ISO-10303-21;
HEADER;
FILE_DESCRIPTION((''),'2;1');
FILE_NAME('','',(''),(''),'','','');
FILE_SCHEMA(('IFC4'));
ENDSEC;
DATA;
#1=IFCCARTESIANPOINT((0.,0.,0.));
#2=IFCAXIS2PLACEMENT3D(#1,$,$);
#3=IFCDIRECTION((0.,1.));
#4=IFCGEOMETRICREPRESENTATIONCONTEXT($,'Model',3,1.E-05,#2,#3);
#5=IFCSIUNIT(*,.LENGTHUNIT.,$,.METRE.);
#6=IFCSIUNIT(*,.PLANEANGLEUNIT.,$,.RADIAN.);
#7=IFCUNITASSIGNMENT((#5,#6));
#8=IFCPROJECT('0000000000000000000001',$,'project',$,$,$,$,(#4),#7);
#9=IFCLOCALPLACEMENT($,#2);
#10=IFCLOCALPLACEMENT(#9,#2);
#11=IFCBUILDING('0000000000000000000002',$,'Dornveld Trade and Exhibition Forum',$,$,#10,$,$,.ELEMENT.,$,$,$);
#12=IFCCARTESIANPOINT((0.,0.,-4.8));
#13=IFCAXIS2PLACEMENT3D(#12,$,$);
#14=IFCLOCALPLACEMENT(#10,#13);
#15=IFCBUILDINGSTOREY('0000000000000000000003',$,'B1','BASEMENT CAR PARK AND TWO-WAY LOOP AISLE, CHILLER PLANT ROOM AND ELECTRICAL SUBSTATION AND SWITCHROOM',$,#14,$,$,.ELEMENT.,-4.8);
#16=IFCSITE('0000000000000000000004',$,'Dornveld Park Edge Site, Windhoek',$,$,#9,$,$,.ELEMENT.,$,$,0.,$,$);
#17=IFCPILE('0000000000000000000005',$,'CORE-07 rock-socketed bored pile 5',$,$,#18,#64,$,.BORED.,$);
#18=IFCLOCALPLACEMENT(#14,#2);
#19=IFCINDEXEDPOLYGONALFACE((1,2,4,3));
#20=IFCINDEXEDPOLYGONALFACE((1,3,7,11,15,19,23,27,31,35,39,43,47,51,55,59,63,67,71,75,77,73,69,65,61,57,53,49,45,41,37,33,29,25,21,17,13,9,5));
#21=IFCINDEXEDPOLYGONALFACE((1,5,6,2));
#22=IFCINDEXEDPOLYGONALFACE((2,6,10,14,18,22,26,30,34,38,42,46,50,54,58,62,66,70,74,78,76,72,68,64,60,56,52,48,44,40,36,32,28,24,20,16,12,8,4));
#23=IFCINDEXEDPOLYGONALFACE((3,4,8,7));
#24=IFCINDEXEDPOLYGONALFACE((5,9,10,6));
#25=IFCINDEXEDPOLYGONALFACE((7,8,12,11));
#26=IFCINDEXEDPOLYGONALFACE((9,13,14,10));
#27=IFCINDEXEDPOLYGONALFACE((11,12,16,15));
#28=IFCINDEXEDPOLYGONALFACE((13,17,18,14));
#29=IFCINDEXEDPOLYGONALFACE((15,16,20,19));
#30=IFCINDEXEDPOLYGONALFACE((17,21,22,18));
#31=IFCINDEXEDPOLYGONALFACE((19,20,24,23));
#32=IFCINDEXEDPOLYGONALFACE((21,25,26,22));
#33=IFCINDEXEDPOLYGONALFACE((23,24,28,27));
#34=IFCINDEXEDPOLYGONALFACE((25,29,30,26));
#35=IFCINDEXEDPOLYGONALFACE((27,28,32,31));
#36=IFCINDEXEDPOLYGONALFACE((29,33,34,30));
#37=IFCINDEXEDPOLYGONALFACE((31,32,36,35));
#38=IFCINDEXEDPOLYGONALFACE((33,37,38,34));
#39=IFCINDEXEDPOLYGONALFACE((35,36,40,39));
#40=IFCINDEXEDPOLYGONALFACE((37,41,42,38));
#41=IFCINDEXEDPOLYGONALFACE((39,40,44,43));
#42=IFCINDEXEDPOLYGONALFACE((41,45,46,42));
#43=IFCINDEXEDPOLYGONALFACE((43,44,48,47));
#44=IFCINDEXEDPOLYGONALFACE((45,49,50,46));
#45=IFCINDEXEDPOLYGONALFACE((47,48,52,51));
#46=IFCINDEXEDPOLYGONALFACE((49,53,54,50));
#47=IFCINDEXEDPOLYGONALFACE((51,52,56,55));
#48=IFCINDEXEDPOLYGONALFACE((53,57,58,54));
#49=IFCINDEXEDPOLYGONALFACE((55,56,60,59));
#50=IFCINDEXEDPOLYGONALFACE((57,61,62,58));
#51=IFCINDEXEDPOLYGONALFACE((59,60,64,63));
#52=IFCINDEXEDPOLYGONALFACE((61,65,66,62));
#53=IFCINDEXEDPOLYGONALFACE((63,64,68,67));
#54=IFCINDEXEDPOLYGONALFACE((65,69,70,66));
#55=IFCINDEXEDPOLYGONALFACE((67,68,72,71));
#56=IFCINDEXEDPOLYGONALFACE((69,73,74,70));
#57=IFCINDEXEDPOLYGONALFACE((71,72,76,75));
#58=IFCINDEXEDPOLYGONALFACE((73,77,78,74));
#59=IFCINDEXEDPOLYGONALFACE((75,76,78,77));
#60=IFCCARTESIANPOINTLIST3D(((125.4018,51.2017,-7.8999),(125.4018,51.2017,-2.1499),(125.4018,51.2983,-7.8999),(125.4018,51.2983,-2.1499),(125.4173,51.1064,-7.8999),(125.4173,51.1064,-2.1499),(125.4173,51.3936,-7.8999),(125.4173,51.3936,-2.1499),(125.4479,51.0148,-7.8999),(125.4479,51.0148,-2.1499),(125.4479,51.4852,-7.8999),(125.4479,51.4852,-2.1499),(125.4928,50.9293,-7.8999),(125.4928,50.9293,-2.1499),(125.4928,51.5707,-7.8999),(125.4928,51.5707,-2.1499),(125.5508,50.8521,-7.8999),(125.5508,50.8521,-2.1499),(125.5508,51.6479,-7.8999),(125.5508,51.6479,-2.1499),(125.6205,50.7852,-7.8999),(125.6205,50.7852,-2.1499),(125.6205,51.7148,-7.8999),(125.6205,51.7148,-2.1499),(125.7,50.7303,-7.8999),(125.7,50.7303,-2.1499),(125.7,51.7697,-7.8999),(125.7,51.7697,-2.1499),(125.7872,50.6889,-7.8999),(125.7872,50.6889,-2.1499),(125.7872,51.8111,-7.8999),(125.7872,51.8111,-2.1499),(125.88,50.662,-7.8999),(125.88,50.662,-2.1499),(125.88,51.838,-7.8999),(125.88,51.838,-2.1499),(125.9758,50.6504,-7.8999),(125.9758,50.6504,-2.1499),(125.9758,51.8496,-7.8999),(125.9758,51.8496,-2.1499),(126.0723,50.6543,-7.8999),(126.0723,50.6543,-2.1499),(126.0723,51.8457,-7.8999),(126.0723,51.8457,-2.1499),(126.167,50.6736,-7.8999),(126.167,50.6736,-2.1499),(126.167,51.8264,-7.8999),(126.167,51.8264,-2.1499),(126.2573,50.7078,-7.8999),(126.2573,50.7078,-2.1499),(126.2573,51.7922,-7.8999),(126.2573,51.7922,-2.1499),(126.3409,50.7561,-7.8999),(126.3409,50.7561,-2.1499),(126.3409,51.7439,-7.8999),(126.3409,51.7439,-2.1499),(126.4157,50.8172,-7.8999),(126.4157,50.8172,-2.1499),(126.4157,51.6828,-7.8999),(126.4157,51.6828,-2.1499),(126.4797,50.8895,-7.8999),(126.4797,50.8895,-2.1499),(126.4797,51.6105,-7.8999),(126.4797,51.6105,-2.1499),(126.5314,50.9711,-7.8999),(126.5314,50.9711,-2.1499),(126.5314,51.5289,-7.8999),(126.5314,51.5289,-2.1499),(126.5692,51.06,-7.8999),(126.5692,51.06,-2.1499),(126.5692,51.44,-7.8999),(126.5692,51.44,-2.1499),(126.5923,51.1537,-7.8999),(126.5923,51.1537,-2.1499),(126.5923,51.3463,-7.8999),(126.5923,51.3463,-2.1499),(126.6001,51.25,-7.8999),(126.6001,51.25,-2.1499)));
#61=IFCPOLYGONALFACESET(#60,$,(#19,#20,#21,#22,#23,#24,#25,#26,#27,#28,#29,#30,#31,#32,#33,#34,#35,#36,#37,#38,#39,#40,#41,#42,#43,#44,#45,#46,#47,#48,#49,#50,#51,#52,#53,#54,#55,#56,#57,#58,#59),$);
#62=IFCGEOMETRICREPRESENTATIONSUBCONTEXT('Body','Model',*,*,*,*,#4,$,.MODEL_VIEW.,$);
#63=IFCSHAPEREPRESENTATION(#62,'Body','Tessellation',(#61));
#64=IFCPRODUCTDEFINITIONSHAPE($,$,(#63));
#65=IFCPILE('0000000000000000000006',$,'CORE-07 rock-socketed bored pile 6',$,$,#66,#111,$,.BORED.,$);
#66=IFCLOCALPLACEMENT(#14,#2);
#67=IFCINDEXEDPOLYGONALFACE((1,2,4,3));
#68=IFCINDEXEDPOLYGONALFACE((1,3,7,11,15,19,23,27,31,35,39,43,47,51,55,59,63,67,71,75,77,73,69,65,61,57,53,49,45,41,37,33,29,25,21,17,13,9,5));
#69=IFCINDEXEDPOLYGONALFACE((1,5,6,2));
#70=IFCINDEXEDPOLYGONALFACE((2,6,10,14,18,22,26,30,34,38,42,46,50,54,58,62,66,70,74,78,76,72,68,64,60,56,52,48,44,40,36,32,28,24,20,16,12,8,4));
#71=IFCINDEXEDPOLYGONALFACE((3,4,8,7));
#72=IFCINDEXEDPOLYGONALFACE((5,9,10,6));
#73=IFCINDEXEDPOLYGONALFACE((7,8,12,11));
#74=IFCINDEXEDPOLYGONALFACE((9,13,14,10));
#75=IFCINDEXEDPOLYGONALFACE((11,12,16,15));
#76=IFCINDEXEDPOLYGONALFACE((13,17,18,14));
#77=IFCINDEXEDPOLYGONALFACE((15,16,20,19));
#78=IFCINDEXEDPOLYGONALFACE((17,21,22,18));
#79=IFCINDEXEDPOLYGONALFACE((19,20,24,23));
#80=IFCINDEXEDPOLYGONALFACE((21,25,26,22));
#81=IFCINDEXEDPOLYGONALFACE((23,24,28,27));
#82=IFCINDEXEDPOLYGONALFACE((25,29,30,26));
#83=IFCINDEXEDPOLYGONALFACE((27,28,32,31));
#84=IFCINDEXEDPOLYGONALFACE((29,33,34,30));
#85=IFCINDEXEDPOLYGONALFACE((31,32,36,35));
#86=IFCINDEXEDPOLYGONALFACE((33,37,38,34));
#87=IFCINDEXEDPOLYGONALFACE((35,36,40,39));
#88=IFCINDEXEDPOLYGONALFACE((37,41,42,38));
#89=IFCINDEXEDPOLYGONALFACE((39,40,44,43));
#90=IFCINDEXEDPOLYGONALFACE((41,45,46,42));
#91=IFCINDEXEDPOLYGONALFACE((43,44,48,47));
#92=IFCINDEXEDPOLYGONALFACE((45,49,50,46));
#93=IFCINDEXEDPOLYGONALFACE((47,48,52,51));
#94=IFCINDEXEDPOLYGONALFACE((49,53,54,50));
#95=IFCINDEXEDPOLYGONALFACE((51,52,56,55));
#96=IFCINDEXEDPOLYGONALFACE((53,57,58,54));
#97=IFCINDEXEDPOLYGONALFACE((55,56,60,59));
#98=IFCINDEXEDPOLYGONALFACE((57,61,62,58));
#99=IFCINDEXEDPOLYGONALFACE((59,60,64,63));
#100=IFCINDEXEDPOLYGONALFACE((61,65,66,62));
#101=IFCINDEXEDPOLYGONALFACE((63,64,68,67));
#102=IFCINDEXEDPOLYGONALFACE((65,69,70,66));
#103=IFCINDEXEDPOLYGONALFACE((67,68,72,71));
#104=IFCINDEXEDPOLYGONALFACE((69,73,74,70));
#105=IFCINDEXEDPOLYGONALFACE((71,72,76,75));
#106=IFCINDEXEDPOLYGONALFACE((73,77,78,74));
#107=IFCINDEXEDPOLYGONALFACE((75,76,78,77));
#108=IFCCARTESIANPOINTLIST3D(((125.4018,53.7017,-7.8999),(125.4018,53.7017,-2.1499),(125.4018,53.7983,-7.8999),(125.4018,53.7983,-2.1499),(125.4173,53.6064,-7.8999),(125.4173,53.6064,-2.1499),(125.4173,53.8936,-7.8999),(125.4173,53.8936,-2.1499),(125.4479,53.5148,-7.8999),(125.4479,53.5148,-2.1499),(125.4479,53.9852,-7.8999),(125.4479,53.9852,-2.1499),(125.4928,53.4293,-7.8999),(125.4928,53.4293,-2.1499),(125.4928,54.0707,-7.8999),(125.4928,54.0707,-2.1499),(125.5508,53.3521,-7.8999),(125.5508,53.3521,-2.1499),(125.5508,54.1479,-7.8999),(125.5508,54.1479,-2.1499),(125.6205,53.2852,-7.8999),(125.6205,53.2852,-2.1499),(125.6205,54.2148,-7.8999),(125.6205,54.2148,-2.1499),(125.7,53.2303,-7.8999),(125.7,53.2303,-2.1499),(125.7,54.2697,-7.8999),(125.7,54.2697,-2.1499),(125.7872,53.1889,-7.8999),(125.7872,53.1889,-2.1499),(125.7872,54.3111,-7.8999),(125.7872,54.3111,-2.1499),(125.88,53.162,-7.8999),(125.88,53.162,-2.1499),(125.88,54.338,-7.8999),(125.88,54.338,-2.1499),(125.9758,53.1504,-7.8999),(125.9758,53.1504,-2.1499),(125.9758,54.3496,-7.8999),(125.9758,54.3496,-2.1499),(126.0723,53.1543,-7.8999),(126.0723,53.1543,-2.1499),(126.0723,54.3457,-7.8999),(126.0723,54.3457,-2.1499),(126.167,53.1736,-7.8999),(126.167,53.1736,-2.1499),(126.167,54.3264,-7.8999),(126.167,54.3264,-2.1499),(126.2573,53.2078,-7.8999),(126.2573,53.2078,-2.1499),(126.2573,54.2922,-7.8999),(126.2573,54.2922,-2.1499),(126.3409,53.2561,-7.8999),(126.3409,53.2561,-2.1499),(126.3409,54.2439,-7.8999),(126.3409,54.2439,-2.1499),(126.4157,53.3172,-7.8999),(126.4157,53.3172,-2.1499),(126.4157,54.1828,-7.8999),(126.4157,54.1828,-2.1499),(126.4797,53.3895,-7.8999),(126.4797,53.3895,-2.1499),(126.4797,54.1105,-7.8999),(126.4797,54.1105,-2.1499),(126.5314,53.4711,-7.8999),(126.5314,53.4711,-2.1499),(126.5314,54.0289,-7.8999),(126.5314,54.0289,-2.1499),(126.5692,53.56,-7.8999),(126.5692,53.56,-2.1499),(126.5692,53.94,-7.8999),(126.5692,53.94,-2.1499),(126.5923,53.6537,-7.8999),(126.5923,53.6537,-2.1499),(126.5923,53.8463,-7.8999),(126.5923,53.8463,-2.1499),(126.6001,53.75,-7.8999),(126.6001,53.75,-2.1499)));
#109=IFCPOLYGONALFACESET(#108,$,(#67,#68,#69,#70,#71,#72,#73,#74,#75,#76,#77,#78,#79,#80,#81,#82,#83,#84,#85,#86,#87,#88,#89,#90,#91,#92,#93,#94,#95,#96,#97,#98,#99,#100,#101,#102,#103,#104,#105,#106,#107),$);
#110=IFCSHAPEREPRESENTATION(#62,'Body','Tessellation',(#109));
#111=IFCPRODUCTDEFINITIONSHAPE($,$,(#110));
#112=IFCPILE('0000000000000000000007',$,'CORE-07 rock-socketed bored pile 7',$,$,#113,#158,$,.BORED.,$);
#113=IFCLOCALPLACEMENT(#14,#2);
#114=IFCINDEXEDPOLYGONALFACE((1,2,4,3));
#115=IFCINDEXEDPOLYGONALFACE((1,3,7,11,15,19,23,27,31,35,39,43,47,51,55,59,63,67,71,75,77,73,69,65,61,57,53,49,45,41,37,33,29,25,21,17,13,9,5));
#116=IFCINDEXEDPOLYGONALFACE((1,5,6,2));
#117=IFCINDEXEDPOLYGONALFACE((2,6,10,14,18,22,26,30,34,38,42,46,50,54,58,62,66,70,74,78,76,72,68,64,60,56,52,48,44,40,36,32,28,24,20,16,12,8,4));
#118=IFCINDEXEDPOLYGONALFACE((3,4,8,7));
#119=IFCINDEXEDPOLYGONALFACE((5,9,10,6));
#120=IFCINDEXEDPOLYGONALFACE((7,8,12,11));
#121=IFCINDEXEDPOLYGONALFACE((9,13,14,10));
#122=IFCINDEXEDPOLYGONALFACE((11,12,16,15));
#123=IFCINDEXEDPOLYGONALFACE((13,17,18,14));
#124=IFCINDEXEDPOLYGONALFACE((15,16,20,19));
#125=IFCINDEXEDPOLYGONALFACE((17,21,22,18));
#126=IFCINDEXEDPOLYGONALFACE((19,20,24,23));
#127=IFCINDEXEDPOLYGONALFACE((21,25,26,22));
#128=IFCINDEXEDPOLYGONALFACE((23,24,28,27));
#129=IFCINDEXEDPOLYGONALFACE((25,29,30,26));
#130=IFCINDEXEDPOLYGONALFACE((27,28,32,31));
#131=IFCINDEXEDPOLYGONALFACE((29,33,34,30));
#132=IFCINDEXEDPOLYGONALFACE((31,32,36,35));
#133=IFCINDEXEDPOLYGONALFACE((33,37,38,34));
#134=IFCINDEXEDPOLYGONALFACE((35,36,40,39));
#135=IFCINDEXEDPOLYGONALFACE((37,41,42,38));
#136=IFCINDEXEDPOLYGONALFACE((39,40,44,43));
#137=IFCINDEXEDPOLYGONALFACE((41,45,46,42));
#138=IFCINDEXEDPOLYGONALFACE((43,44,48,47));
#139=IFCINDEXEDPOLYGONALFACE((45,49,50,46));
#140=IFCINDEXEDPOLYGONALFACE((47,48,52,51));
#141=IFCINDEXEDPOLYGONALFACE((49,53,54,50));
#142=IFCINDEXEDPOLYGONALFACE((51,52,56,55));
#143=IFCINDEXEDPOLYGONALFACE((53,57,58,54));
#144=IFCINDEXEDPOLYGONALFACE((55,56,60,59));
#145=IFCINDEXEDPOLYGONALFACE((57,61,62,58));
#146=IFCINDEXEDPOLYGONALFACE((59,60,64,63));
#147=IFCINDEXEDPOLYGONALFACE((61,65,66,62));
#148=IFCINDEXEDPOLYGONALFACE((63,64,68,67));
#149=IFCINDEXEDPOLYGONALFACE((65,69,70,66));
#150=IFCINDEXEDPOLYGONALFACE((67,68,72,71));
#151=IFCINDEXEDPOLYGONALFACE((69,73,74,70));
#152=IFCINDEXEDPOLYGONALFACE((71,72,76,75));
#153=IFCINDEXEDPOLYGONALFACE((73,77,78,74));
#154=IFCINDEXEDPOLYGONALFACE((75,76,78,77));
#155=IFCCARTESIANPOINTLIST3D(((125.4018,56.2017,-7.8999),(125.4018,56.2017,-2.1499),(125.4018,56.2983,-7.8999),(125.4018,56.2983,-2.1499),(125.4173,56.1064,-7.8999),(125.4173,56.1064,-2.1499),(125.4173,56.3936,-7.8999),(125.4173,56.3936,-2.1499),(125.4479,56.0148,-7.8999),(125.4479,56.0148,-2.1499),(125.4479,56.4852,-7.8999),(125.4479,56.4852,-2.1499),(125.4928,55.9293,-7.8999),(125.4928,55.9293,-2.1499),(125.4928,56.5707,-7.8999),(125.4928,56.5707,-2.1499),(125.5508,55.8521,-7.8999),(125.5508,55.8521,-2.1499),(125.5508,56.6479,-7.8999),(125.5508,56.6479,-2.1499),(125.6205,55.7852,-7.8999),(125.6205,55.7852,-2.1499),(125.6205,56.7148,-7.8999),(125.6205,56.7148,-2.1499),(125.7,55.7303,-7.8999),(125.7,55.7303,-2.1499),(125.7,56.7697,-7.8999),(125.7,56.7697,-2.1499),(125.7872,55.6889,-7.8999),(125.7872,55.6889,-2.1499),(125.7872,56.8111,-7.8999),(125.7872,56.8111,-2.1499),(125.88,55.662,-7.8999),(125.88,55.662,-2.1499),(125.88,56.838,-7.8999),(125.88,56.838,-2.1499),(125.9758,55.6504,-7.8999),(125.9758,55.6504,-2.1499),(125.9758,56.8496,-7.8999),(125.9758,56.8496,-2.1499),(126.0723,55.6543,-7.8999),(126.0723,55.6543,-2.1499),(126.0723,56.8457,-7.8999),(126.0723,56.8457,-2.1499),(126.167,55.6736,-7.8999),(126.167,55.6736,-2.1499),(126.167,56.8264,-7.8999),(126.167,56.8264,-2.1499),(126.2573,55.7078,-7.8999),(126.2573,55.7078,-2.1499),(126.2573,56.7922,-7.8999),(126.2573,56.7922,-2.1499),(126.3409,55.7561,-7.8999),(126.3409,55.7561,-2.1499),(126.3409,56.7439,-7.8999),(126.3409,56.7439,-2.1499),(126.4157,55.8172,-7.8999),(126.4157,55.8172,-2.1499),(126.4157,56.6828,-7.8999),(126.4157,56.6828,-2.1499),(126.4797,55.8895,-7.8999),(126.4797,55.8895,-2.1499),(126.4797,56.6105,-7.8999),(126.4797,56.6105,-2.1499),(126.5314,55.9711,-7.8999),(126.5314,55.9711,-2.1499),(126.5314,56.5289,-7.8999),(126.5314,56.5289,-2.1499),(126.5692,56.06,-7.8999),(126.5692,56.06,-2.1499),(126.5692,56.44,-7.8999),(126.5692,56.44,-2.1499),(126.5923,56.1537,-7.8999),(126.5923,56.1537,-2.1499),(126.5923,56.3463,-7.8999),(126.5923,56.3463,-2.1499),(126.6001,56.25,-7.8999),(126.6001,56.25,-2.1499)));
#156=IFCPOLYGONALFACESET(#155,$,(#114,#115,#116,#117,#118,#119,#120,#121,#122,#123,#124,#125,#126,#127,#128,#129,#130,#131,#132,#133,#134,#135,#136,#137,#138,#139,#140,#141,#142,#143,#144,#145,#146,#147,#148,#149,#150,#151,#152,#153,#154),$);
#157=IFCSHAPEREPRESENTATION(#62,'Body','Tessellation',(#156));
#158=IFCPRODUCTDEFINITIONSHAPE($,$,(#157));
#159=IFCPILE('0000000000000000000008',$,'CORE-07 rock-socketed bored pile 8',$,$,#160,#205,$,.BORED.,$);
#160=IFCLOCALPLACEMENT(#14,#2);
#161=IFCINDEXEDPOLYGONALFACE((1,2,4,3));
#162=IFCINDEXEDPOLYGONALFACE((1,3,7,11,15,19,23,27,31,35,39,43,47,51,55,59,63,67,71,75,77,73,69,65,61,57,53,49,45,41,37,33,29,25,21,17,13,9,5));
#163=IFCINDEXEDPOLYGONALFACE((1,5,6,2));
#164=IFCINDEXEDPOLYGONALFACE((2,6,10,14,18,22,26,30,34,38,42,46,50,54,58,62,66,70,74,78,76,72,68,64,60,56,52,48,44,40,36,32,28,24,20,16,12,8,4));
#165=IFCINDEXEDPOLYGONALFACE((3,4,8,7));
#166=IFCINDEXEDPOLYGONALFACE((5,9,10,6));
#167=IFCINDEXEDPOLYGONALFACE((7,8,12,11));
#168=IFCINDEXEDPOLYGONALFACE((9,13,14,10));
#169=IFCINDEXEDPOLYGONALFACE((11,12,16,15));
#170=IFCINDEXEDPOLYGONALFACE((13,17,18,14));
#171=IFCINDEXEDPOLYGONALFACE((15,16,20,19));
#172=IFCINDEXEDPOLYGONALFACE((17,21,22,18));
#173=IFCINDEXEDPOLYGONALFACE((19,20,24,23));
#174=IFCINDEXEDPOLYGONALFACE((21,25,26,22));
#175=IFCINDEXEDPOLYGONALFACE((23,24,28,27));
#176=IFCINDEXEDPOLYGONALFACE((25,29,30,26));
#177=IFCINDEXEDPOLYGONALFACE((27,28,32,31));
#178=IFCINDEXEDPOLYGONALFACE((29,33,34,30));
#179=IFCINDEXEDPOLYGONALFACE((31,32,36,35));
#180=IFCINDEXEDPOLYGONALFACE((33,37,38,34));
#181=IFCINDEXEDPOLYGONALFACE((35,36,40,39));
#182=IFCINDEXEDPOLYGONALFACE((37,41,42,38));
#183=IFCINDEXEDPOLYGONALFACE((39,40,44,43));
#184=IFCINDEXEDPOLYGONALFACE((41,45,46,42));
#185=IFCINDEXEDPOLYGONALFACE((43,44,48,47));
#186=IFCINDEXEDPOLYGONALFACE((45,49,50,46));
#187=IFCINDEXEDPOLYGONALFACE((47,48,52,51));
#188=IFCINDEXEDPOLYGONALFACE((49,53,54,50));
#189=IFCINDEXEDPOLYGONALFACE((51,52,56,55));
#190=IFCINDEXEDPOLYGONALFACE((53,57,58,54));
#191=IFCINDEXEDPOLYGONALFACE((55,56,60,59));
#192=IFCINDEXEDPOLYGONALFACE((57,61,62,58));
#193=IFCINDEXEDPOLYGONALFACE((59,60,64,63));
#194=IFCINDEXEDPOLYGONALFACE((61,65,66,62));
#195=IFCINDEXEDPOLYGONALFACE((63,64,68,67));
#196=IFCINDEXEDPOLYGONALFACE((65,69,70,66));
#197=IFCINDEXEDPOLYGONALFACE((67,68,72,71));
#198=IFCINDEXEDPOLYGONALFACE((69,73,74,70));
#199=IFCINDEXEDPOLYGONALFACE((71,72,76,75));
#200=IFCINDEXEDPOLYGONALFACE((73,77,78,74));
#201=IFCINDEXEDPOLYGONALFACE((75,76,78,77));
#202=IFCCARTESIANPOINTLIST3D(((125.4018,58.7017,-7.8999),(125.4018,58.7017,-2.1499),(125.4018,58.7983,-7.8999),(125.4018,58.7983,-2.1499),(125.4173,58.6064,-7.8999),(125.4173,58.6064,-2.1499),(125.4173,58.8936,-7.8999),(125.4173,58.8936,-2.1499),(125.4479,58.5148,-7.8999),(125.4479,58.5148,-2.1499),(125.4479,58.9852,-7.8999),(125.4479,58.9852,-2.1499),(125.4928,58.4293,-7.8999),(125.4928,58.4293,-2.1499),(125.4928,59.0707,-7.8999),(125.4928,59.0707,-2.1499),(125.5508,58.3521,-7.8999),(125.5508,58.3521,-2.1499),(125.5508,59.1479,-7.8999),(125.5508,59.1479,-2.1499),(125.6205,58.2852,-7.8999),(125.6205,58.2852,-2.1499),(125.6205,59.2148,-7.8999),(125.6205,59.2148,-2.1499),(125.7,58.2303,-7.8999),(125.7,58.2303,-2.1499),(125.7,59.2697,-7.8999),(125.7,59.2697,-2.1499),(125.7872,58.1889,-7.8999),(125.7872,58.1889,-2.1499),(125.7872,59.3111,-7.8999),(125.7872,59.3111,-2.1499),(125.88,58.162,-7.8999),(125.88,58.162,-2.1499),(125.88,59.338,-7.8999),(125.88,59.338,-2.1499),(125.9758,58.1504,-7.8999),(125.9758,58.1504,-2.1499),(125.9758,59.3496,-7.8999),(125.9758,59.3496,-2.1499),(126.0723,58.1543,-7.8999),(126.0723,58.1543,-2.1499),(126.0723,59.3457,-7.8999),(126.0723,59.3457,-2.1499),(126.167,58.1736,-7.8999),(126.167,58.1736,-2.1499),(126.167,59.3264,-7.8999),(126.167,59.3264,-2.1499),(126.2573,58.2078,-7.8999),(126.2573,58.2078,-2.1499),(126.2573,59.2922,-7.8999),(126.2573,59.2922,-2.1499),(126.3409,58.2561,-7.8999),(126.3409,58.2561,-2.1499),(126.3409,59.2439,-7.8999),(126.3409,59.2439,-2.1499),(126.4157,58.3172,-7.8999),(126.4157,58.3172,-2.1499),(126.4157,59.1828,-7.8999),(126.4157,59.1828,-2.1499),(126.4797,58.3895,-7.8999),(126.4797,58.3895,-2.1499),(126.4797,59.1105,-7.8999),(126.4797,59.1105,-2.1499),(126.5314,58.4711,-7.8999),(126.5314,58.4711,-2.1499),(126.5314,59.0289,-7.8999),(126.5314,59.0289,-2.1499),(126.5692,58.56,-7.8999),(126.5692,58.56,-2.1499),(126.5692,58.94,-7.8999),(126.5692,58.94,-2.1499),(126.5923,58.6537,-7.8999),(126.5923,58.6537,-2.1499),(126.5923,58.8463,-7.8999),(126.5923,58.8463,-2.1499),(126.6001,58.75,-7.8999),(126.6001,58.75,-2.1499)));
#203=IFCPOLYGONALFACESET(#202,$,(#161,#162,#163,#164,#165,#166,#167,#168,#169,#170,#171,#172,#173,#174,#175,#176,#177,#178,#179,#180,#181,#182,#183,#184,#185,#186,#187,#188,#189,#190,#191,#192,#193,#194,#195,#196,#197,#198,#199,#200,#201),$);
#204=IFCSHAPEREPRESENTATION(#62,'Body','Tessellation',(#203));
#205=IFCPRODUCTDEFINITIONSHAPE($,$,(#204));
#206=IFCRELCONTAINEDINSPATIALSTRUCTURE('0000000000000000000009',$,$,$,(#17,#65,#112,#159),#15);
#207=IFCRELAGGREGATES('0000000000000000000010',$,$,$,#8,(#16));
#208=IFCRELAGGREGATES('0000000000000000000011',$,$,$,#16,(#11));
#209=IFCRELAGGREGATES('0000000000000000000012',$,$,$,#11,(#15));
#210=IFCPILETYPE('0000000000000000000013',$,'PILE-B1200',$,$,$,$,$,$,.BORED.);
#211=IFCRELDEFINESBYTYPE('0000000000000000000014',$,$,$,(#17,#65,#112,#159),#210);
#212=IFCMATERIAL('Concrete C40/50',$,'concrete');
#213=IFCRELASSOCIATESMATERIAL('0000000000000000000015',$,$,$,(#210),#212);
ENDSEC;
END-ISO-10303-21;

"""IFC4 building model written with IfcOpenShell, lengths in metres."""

from ifc_helpers import new_model, si_unit, direction, frame, origin, origin_2d, place, context, subcontext, project, spatial, circle, extrude, material, material_profile, profile_set, type_object, element, save


model = new_model("IFC4")

# Units and contexts
model_context = context("Model", 3, precision=1e-05, world=origin(), true_north=direction((0.0, 1.0)))
body_context = subcontext(model_context, "Body", "Model", "MODEL_VIEW")
ifc_project = project(units=[si_unit("LENGTHUNIT", "METRE"), si_unit("PLANEANGLEUNIT", "RADIAN")], contexts=[model_context])

# Site, building, storey
site_placement = place(None, origin())
site = spatial("IfcSite", under=ifc_project, at=site_placement, Name="Dornveld Park Edge Site, Windhoek", CompositionType="ELEMENT", RefElevation=0.0)
building_placement = place(site_placement, origin())
building = spatial("IfcBuilding", under=site, at=building_placement, Name="Dornveld Trade and Exhibition Forum", CompositionType="ELEMENT")
storey_placement = place(building_placement, frame((0.0, 0.0, -4.8)))
storey = spatial("IfcBuildingStorey", under=building, at=storey_placement, Name="B1", Description="BASEMENT CAR PARK AND TWO-WAY LOOP AISLE, CHILLER PLANT ROOM AND ELECTRICAL SUBSTATION AND SWITCHROOM", CompositionType="ELEMENT", Elevation=-4.8)

# Piles
ifc_material_1 = material(Name="Concrete C40/50", Category="concrete")
ifc_material_profile_1 = material_profile(ifc_material_1, circle(Radius=0.6001, at=origin_2d()), Name="PILE D1200")
ifc_profile_set_1 = profile_set([ifc_material_profile_1], Name="Concrete C40/50")
pile_type_1 = type_object("IfcPileType", Name="PILE-B1200", PredefinedType="BORED", material=ifc_profile_set_1)
for number, where, z_axis, x_axis, name in (
    (1, (126.0, 51.25, -2.1499), (0.0, 0.0, -1.0), (1.0, 0.0, 0.0), "CORE-07 rock-socketed bored pile 5"),
    (2, (126.0, 53.75, -2.1499), (0.0, 0.0, -1.0), (1.0, 0.0, 0.0), "CORE-07 rock-socketed bored pile 6"),
    (3, (126.0, 56.25, -2.1499), (0.0, 0.0, -1.0), (1.0, 0.0, 0.0), "CORE-07 rock-socketed bored pile 7"),
    (4, (126.0, 58.75, -2.1499), (0.0, 0.0, -1.0), (1.0, 0.0, 0.0), "CORE-07 rock-socketed bored pile 8"),
):
    element("IfcPile", number, at=place(storey_placement, frame(where, z_axis=z_axis, x_axis=x_axis)), inside=storey, type_object=pile_type_1, Name=name, PredefinedType="BORED", context=body_context, shape_type="SweptSolid", body=[
        extrude(circle(Radius=0.6001, at=origin_2d()), origin(), (0.0, 0.0, 1.0), 5.75),
    ])

save(model, "model.ifc")
